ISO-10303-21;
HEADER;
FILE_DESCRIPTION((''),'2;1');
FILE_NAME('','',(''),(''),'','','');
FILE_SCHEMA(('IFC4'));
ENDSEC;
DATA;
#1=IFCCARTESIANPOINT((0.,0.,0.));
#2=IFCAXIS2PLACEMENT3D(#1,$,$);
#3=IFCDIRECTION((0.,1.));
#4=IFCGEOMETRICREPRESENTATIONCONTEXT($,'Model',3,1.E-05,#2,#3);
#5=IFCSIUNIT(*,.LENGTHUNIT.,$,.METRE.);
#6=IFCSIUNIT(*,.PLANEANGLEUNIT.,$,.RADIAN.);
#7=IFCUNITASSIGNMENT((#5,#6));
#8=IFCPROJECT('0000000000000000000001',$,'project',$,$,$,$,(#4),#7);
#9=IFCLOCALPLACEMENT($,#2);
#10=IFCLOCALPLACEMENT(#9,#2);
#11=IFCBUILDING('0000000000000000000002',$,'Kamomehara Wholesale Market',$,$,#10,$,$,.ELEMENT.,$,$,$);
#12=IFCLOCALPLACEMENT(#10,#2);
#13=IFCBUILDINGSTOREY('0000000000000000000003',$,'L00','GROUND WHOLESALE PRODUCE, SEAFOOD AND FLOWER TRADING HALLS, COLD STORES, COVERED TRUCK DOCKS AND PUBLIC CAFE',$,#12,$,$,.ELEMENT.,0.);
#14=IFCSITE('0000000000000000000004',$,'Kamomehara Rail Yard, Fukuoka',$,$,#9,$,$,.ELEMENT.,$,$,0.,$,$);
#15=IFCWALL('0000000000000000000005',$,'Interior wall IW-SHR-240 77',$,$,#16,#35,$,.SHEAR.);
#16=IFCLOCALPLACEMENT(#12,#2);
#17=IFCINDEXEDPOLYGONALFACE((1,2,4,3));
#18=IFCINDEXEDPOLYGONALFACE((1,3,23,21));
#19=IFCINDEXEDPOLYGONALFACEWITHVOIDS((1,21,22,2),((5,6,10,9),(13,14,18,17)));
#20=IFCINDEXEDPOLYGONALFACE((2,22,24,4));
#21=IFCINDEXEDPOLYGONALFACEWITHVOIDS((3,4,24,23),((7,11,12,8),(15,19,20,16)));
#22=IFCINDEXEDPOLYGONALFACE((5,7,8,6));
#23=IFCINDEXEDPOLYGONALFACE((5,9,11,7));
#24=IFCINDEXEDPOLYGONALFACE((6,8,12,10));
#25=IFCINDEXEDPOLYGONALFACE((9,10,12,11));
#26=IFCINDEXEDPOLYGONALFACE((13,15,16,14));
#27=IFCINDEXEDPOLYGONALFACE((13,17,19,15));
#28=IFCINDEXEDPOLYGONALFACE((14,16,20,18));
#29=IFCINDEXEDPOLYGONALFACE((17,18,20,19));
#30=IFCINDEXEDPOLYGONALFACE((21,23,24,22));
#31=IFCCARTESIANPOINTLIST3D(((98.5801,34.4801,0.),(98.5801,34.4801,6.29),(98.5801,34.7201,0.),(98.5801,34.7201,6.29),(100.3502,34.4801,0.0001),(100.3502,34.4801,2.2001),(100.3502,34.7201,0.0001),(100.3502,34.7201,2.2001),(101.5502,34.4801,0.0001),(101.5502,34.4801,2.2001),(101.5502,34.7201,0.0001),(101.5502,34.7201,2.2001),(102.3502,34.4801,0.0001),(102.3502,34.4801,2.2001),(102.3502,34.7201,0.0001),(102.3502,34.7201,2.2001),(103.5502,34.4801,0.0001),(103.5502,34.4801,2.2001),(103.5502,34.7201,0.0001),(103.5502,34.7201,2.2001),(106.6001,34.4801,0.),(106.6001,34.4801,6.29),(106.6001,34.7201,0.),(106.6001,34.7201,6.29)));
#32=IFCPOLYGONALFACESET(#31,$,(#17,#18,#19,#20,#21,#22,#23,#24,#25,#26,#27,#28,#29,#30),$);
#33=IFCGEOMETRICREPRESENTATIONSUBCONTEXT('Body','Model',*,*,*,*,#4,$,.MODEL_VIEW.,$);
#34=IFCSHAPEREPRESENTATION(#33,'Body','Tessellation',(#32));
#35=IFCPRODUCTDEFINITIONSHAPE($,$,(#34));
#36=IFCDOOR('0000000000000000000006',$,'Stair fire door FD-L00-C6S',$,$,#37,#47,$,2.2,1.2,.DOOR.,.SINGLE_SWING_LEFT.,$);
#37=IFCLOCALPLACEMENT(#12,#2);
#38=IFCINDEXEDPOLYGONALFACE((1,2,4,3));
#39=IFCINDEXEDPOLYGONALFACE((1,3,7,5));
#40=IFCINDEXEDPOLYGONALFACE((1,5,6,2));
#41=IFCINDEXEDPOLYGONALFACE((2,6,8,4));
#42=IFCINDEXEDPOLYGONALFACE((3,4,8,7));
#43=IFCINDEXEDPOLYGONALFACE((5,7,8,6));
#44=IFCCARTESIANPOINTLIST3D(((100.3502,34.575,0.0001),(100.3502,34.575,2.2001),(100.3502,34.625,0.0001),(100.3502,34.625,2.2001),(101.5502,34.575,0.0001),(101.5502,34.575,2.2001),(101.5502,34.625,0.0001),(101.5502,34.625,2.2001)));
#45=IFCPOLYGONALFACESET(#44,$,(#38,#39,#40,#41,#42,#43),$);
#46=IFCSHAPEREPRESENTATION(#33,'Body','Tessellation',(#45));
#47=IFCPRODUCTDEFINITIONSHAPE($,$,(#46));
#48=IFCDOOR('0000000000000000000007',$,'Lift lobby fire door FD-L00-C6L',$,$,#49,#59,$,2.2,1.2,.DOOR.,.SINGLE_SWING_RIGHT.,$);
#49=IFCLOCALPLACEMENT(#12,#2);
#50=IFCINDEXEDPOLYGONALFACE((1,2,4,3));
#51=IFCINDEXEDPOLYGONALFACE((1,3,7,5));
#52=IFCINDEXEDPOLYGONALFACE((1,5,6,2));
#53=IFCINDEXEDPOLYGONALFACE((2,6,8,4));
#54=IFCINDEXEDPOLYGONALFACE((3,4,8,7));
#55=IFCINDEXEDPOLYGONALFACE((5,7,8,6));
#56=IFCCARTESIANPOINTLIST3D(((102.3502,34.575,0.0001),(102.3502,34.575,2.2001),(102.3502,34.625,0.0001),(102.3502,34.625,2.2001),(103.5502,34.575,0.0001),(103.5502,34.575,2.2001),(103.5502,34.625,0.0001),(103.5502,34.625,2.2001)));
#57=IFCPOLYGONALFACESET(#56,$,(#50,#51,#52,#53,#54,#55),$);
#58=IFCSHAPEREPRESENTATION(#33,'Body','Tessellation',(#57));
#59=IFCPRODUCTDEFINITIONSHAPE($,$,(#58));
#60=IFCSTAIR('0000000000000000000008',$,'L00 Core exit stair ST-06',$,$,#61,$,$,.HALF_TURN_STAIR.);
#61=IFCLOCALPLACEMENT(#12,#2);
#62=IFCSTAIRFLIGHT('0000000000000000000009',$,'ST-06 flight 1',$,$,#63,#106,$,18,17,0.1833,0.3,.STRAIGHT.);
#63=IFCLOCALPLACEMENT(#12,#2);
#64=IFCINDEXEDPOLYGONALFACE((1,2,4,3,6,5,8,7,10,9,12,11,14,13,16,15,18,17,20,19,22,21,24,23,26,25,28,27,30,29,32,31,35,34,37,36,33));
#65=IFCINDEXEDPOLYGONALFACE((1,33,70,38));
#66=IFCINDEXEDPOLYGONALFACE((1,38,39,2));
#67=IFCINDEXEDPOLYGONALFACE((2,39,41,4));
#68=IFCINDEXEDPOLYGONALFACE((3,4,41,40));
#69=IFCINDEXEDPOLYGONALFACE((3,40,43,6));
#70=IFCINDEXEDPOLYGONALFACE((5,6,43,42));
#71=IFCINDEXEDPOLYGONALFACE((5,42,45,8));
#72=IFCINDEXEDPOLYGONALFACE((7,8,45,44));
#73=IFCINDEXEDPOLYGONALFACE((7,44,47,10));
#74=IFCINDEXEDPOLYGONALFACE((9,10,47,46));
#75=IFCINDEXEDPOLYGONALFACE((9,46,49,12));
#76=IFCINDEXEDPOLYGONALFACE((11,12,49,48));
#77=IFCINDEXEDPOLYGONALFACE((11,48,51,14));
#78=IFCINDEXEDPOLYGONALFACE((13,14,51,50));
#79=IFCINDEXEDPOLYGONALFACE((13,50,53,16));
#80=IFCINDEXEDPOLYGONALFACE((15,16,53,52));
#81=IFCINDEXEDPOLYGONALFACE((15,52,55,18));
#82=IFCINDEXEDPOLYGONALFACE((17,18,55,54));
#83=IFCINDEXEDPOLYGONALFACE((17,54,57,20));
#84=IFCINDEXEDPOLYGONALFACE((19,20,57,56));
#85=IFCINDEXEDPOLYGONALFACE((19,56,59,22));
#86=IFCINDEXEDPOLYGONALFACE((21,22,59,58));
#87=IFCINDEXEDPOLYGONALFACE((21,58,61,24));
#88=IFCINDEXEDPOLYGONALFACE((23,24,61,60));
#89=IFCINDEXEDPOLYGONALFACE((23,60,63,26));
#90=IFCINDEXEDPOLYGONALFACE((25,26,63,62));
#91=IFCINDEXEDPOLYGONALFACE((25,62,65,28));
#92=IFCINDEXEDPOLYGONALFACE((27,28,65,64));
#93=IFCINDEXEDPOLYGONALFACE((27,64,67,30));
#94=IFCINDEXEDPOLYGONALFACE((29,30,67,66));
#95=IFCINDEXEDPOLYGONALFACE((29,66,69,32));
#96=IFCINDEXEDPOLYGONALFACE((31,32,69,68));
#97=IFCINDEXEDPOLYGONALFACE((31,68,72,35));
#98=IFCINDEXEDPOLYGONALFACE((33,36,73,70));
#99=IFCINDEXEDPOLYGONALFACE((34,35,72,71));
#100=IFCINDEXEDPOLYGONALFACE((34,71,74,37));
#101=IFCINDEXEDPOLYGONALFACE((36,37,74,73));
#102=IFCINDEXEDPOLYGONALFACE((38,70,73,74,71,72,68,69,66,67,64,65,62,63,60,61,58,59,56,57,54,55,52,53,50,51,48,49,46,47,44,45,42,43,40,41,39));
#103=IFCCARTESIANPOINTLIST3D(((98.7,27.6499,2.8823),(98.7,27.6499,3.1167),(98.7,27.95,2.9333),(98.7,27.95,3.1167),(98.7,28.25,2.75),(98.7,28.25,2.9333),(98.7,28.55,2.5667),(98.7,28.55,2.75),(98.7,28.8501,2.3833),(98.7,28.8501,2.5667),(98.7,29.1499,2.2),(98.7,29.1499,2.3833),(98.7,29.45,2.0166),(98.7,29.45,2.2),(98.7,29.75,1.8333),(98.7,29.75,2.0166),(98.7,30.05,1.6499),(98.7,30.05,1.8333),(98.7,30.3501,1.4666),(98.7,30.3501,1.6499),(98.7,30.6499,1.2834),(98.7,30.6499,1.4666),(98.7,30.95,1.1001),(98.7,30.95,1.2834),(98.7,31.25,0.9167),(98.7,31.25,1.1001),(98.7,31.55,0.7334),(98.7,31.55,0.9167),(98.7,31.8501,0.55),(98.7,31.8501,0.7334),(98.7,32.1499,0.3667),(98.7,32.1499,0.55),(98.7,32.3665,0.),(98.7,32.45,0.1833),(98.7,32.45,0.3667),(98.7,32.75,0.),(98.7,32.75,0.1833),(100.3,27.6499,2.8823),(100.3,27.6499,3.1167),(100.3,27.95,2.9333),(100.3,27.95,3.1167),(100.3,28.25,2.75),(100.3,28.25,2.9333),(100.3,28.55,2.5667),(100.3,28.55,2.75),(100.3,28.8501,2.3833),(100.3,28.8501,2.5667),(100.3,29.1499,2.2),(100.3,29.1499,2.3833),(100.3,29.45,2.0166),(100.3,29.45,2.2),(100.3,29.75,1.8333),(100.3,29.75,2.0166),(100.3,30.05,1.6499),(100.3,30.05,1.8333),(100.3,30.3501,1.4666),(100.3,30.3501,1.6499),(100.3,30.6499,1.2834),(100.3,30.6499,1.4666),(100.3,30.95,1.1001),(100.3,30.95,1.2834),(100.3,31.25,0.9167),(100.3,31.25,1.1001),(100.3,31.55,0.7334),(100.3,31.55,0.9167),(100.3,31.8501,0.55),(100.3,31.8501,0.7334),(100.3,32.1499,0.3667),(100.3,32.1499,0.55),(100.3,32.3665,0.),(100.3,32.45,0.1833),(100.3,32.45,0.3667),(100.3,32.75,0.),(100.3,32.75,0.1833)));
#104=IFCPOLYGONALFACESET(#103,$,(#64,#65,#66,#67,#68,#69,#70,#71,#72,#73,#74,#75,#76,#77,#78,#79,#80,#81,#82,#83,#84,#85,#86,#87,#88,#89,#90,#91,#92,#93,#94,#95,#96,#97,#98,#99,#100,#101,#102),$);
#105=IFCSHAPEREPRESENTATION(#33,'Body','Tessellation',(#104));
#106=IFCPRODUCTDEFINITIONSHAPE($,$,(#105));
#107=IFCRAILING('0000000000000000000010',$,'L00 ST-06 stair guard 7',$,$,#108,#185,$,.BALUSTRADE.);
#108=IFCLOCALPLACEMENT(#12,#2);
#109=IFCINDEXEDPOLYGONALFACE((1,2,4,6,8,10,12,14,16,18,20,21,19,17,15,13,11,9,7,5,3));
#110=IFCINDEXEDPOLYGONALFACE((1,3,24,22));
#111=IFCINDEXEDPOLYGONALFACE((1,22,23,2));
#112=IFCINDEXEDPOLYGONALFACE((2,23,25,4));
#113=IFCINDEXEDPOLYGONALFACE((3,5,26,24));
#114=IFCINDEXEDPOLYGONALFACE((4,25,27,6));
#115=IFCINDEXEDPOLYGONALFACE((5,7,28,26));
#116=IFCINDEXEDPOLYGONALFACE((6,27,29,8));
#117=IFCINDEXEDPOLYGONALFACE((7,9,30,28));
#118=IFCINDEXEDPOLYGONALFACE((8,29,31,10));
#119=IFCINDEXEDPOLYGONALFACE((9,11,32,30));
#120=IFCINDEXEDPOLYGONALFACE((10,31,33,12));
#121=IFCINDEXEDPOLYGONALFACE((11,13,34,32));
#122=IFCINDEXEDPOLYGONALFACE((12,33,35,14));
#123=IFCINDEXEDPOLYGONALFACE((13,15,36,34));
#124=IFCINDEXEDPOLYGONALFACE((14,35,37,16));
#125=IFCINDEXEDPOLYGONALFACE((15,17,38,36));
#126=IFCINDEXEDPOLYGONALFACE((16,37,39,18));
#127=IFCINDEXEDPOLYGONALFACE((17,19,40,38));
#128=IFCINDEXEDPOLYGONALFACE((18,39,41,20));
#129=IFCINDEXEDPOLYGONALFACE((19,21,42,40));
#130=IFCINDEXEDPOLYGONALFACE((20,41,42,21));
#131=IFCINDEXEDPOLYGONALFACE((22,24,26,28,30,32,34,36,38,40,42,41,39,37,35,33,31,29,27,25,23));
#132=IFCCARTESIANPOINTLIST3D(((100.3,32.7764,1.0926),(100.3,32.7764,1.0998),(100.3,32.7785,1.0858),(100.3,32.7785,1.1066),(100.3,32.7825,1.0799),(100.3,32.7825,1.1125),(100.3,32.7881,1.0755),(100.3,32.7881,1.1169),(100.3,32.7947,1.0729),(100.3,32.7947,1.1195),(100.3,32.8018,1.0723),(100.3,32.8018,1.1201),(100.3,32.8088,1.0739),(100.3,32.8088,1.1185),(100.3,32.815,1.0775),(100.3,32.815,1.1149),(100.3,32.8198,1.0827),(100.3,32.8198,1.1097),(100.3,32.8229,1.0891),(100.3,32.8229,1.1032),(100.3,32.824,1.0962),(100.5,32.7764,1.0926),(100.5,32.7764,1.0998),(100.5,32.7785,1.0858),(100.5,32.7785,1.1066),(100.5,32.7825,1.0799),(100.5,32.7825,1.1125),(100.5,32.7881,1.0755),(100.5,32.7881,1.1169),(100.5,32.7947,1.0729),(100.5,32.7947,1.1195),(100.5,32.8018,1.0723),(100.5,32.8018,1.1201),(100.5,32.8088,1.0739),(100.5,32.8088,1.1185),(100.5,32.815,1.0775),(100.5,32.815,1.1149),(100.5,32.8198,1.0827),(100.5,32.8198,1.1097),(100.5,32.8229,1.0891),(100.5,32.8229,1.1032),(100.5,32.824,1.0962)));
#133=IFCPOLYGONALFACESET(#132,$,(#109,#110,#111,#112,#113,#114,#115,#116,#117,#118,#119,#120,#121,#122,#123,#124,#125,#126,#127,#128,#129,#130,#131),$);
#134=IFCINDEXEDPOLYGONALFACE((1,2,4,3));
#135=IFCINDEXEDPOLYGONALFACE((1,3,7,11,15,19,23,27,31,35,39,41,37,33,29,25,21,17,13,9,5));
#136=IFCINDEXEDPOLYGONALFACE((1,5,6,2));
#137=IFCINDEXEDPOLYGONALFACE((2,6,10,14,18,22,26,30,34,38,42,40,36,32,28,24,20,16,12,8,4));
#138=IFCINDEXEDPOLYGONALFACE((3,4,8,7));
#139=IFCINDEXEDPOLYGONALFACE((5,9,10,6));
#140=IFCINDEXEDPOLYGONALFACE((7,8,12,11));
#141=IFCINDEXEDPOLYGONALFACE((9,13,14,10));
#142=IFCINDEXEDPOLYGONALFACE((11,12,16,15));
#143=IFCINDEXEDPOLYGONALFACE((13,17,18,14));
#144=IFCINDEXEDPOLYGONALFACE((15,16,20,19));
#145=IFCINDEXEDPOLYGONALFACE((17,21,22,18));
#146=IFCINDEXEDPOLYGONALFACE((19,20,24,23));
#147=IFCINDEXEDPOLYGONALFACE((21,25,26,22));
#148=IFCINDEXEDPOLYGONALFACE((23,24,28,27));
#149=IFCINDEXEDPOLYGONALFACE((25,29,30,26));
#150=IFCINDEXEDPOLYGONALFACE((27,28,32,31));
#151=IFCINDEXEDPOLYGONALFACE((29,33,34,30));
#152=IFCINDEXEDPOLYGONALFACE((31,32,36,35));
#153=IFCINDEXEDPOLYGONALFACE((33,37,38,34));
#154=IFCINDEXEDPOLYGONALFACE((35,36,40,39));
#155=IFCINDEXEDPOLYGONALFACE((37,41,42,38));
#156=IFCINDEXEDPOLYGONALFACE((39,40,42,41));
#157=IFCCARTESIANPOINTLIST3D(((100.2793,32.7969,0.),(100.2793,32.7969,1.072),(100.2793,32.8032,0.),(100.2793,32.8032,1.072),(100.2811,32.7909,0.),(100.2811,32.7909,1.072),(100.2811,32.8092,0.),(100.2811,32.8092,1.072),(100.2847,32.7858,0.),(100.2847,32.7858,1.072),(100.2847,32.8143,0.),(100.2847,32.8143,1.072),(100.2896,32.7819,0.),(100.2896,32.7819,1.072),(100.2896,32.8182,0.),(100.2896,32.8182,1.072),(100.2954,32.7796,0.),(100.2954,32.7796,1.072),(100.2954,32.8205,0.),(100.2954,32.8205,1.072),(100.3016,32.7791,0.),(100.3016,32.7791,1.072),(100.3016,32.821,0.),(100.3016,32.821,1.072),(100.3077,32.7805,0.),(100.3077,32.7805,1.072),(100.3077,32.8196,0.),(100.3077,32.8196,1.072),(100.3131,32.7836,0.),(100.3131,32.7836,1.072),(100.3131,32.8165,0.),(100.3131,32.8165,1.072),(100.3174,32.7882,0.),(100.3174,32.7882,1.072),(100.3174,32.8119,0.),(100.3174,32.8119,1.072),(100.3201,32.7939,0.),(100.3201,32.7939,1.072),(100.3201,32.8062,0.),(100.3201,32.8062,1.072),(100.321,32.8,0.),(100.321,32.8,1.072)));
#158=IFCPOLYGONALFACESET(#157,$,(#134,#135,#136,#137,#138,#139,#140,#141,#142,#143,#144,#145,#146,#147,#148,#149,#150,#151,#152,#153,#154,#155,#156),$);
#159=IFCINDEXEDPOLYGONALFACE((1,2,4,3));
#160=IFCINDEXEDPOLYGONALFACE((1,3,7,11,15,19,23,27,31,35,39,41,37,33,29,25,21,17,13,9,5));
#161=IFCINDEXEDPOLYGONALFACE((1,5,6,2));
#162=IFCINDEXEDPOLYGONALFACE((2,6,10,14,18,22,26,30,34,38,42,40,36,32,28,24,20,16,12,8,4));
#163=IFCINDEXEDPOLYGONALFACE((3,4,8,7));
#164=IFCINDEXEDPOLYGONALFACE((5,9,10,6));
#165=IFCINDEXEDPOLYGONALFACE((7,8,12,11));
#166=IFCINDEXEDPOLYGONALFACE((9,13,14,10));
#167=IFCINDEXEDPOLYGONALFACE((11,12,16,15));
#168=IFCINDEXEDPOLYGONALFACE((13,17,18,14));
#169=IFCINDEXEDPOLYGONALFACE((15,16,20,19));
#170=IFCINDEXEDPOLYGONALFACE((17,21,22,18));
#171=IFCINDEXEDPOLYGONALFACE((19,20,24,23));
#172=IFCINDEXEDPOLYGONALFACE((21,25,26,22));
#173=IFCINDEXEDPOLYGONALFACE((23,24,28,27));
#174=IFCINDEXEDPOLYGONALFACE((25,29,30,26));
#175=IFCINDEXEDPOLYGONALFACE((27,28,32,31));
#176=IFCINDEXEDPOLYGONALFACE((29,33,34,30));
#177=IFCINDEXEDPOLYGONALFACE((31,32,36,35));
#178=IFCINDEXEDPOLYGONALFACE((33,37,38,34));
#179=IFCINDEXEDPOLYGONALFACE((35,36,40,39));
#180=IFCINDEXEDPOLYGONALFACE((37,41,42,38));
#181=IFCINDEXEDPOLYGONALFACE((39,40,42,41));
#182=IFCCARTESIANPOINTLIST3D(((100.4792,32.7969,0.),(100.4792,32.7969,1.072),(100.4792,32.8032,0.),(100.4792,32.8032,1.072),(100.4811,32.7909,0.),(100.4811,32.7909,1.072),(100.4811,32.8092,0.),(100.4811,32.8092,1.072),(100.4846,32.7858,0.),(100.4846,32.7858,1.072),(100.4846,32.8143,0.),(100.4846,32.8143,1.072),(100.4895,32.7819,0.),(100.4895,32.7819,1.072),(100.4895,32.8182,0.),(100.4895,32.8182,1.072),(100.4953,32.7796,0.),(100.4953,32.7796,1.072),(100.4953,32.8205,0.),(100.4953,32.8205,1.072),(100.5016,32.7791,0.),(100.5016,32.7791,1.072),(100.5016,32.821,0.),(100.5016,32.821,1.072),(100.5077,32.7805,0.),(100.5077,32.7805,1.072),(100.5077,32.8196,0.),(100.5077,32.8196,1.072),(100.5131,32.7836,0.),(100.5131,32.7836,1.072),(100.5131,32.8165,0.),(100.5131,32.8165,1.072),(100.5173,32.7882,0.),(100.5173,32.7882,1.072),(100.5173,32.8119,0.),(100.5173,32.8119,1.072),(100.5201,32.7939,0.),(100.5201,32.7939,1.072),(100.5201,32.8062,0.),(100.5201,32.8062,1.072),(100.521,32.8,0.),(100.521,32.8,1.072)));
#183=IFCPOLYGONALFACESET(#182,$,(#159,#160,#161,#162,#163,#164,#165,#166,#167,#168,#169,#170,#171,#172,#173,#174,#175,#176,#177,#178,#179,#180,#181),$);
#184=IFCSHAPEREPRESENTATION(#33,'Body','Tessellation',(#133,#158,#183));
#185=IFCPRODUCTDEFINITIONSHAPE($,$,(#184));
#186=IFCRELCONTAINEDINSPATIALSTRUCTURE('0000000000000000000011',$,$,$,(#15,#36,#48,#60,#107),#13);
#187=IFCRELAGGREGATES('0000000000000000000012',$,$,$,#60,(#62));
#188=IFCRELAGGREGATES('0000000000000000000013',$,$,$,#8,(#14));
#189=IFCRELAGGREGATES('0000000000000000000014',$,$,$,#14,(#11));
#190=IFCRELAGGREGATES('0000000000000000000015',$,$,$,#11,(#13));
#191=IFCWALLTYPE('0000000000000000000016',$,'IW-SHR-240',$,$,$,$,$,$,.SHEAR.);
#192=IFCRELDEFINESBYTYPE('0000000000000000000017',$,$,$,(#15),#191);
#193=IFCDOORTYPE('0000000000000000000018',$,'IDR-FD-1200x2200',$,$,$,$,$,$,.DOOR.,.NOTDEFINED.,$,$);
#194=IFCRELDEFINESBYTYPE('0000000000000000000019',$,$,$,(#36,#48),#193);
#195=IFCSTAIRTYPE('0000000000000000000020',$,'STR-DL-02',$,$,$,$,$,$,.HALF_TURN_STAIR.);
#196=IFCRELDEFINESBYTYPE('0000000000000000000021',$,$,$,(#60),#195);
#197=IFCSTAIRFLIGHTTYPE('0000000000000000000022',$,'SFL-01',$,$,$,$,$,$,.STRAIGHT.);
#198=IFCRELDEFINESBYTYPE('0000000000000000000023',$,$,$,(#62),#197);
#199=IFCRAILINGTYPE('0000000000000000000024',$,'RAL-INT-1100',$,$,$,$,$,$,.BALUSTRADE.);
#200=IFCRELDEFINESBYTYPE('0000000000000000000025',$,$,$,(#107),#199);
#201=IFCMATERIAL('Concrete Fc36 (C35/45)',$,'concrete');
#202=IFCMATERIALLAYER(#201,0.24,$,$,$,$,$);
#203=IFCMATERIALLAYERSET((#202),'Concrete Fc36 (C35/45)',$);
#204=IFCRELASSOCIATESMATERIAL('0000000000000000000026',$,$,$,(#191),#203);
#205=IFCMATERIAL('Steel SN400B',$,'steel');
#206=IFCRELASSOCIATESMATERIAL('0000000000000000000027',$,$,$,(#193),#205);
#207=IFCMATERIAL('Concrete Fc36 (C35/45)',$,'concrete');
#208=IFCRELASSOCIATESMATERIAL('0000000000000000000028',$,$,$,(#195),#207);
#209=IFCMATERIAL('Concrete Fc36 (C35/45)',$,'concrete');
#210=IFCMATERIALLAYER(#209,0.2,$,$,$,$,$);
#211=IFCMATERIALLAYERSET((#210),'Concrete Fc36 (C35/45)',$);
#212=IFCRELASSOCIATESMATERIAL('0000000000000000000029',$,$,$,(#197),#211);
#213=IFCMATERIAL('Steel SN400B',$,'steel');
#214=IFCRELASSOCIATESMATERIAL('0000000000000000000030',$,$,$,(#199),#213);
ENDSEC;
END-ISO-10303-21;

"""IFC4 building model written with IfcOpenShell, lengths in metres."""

from ifc_helpers import new_model, si_unit, direction, frame, frame_2d, origin, origin_2d, place, context, subcontext, project, spatial, polyline, rectangle, circle, outline, extrude, material, layer, layer_set, type_object, element, fill, aggregate, save


model = new_model("IFC4")

# Units and contexts
model_context = context("Model", 3, precision=1e-05, world=origin(), true_north=direction((0.0, 1.0)))
body_context = subcontext(model_context, "Body", "Model", "MODEL_VIEW")
ifc_project = project(units=[si_unit("LENGTHUNIT", "METRE"), si_unit("PLANEANGLEUNIT", "RADIAN")], contexts=[model_context])

# Site, building, storey
site_placement = place(None, origin())
site = spatial("IfcSite", under=ifc_project, at=site_placement, Name="Kamomehara Rail Yard, Fukuoka", CompositionType="ELEMENT", RefElevation=0.0)
building_placement = place(site_placement, origin())
building = spatial("IfcBuilding", under=site, at=building_placement, Name="Kamomehara Wholesale Market", CompositionType="ELEMENT")
storey_placement = place(building_placement, origin())
storey = spatial("IfcBuildingStorey", under=building, at=storey_placement, Name="L00", Description="GROUND WHOLESALE PRODUCE, SEAFOOD AND FLOWER TRADING HALLS, COLD STORES, COVERED TRUCK DOCKS AND PUBLIC CAFE", CompositionType="ELEMENT", Elevation=0.0)

# Shared definitions
ifc_material_1 = material(Name="Concrete Fc36 (C35/45)", Category="concrete")
ifc_layer_1 = layer(ifc_material_1, 0.24)
ifc_layer_set_1 = layer_set([ifc_layer_1], Name="Concrete Fc36 (C35/45)")
wall_type_1 = type_object("IfcWallType", Name="IW-SHR-240", PredefinedType="SHEAR", material=ifc_layer_set_1)

# Wall, openings, doors
wall_1_placement = place(storey_placement, frame((98.5801, 34.6001, 0.0), z_axis=(0.0, 0.0, 1.0), x_axis=(1.0, 0.0, 0.0)))
wall_1 = element("IfcWall", 1, at=wall_1_placement, inside=storey, type_object=wall_type_1, Name="Interior wall IW-SHR-240 77", PredefinedType="SHEAR", context=body_context, shape_type="SweptSolid", body=[
    extrude(rectangle(XDim=8.02, YDim=0.24, at=frame_2d((4.01, 0.0))), origin(), (0.0, 0.0, 1.0), 6.29),
])
opening_1_placement = place(wall_1_placement, frame((1.77, 0.0, 0.0)))
opening_1 = element("IfcOpeningElement", 2, at=opening_1_placement, cuts=wall_1, PredefinedType="OPENING", context=body_context, shape_type="SweptSolid", body=[
    extrude(rectangle(XDim=1.2, YDim=2.2, at=frame_2d((0.6001, 1.1001))), frame((0.0, 0.1348, 0.0), z_axis=(0.0, -1.0, 0.0), x_axis=(1.0, 0.0, 0.0)), (0.0, 0.0, 1.0), 0.2698),
])
opening_2_placement = place(wall_1_placement, frame((3.77, 0.0, 0.0)))
opening_2 = element("IfcOpeningElement", 3, at=opening_2_placement, cuts=wall_1, PredefinedType="OPENING", context=body_context, shape_type="SweptSolid", body=[
    extrude(rectangle(XDim=1.2, YDim=2.2, at=frame_2d((0.6001, 1.1001))), frame((0.0, 0.1348, 0.0), z_axis=(0.0, -1.0, 0.0), x_axis=(1.0, 0.0, 0.0)), (0.0, 0.0, 1.0), 0.2698),
])
ifc_material_2 = material(Name="Steel SN400B", Category="steel")
door_type = type_object("IfcDoorType", Name="IDR-FD-1200x2200", OperationType="NOTDEFINED", PredefinedType="DOOR", material=ifc_material_2)
door_1_placement = place(opening_1_placement, origin())
door_1 = element("IfcDoor", 4, at=door_1_placement, inside=storey, type_object=door_type, Name="Stair fire door FD-L00-C6S", OperationType="SINGLE_SWING_LEFT", OverallHeight=2.2, OverallWidth=1.2, PredefinedType="DOOR", context=body_context, shape_type="SweptSolid", body=[
    extrude(rectangle(XDim=1.2, YDim=2.2, at=frame_2d((0.6001, 1.1001))), frame((0.0, 0.0249, 0.0), z_axis=(0.0, -1.0, 0.0), x_axis=(1.0, 0.0, 0.0)), (0.0, 0.0, 1.0), 0.05),
])
fill(opening_1, door_1)
door_2_placement = place(opening_2_placement, origin())
door_2 = element("IfcDoor", 5, at=door_2_placement, inside=storey, type_object=door_type, Name="Lift lobby fire door FD-L00-C6L", OperationType="SINGLE_SWING_RIGHT", OverallHeight=2.2, OverallWidth=1.2, PredefinedType="DOOR", context=body_context, shape_type="SweptSolid", body=[
    extrude(rectangle(XDim=1.2, YDim=2.2, at=frame_2d((0.6001, 1.1001))), frame((0.0, 0.0249, 0.0), z_axis=(0.0, -1.0, 0.0), x_axis=(1.0, 0.0, 0.0)), (0.0, 0.0, 1.0), 0.05),
])
fill(opening_2, door_2)

# Stair, stair flight
ifc_material_3 = material(Name="Concrete Fc36 (C35/45)", Category="concrete")
stair_type = type_object("IfcStairType", Name="STR-DL-02", PredefinedType="HALF_TURN_STAIR", material=ifc_material_3)
stair_placement = place(storey_placement, origin())
stair = element("IfcStair", 6, at=stair_placement, inside=storey, type_object=stair_type, Name="L00 Core exit stair ST-06", PredefinedType="HALF_TURN_STAIR")
ifc_material_4 = material(Name="Concrete Fc36 (C35/45)", Category="concrete")
ifc_layer_2 = layer(ifc_material_4, 0.2)
ifc_layer_set_2 = layer_set([ifc_layer_2], Name="Concrete Fc36 (C35/45)")
stair_flight_type = type_object("IfcStairFlightType", Name="SFL-01", PredefinedType="STRAIGHT", material=ifc_layer_set_2)
stair_flight_placement = place(storey_placement, frame((99.5, 32.75, 0.0), z_axis=(0.0, 0.0, 1.0), x_axis=(0.0, -1.0, 0.0)))
stair_flight = element("IfcStairFlight", 7, at=stair_flight_placement, type_object=stair_flight_type, Name="ST-06 flight 1", NumberOfRisers=18, NumberOfTreads=17, PredefinedType="STRAIGHT", RiserHeight=0.1833, TreadLength=0.3, context=body_context, shape_type="SweptSolid", body=[
    extrude(outline(polyline([(0.0, 0.0), (0.0, 0.1833), (0.3, 0.1833), (0.3, 0.3667), (0.6001, 0.3667), (0.6001, 0.55), (0.8999, 0.55), (0.8999, 0.7334), (1.2, 0.7334), (1.2, 0.9167), (1.5, 0.9167), (1.5, 1.1001), (1.8, 1.1001), (1.8, 1.2834), (2.1001, 1.2834), (2.1001, 1.4666), (2.3999, 1.4666), (2.3999, 1.6499), (2.7, 1.6499), (2.7, 1.8333), (3.0, 1.8333), (3.0, 2.0166), (3.3, 2.0166), (3.3, 2.2), (3.6001, 2.2), (3.6001, 2.3833), (3.8999, 2.3833), (3.8999, 2.5667), (4.2, 2.5667), (4.2, 2.75), (4.5, 2.75), (4.5, 2.9333), (4.8, 2.9333), (4.8, 3.1167), (5.1001, 3.1167), (5.1001, 3.3), (5.1001, 2.8823), (0.3835, 0.0), (0.0, 0.0)])), frame((0.0, 0.8, 0.0), z_axis=(0.0, -1.0, 0.0), x_axis=(1.0, 0.0, 0.0)), (0.0, 0.0, 1.0), 1.6001),
])
aggregate(stair, [stair_flight])

# Railing
ifc_material_5 = material(Name="Steel SN400B", Category="steel")
railing_type = type_object("IfcRailingType", Name="RAL-INT-1100", PredefinedType="BALUSTRADE", material=ifc_material_5)
railing_1_placement = place(storey_placement, frame((100.3, 32.8, 0.0)))
element("IfcRailing", 8, at=railing_1_placement, inside=storey, type_object=railing_type, Name="L00 ST-06 stair guard 7", PredefinedType="BALUSTRADE", context=body_context, shape_type="SweptSolid", body=[
    extrude(circle(Radius=0.0239, at=origin_2d()), frame((0.0, 0.0, 1.0962), z_axis=(1.0, 0.0, 0.0), x_axis=(0.0, 1.0, 0.0)), (0.0, 0.0, 1.0), 0.2),
    extrude(circle(Radius=0.021, at=origin_2d()), origin(), (0.0, 0.0, 1.0), 1.072),
    extrude(circle(Radius=0.021, at=origin_2d()), frame((0.2, 0.0, 0.0)), (0.0, 0.0, 1.0), 1.072),
])

save(model, "model.ifc")
